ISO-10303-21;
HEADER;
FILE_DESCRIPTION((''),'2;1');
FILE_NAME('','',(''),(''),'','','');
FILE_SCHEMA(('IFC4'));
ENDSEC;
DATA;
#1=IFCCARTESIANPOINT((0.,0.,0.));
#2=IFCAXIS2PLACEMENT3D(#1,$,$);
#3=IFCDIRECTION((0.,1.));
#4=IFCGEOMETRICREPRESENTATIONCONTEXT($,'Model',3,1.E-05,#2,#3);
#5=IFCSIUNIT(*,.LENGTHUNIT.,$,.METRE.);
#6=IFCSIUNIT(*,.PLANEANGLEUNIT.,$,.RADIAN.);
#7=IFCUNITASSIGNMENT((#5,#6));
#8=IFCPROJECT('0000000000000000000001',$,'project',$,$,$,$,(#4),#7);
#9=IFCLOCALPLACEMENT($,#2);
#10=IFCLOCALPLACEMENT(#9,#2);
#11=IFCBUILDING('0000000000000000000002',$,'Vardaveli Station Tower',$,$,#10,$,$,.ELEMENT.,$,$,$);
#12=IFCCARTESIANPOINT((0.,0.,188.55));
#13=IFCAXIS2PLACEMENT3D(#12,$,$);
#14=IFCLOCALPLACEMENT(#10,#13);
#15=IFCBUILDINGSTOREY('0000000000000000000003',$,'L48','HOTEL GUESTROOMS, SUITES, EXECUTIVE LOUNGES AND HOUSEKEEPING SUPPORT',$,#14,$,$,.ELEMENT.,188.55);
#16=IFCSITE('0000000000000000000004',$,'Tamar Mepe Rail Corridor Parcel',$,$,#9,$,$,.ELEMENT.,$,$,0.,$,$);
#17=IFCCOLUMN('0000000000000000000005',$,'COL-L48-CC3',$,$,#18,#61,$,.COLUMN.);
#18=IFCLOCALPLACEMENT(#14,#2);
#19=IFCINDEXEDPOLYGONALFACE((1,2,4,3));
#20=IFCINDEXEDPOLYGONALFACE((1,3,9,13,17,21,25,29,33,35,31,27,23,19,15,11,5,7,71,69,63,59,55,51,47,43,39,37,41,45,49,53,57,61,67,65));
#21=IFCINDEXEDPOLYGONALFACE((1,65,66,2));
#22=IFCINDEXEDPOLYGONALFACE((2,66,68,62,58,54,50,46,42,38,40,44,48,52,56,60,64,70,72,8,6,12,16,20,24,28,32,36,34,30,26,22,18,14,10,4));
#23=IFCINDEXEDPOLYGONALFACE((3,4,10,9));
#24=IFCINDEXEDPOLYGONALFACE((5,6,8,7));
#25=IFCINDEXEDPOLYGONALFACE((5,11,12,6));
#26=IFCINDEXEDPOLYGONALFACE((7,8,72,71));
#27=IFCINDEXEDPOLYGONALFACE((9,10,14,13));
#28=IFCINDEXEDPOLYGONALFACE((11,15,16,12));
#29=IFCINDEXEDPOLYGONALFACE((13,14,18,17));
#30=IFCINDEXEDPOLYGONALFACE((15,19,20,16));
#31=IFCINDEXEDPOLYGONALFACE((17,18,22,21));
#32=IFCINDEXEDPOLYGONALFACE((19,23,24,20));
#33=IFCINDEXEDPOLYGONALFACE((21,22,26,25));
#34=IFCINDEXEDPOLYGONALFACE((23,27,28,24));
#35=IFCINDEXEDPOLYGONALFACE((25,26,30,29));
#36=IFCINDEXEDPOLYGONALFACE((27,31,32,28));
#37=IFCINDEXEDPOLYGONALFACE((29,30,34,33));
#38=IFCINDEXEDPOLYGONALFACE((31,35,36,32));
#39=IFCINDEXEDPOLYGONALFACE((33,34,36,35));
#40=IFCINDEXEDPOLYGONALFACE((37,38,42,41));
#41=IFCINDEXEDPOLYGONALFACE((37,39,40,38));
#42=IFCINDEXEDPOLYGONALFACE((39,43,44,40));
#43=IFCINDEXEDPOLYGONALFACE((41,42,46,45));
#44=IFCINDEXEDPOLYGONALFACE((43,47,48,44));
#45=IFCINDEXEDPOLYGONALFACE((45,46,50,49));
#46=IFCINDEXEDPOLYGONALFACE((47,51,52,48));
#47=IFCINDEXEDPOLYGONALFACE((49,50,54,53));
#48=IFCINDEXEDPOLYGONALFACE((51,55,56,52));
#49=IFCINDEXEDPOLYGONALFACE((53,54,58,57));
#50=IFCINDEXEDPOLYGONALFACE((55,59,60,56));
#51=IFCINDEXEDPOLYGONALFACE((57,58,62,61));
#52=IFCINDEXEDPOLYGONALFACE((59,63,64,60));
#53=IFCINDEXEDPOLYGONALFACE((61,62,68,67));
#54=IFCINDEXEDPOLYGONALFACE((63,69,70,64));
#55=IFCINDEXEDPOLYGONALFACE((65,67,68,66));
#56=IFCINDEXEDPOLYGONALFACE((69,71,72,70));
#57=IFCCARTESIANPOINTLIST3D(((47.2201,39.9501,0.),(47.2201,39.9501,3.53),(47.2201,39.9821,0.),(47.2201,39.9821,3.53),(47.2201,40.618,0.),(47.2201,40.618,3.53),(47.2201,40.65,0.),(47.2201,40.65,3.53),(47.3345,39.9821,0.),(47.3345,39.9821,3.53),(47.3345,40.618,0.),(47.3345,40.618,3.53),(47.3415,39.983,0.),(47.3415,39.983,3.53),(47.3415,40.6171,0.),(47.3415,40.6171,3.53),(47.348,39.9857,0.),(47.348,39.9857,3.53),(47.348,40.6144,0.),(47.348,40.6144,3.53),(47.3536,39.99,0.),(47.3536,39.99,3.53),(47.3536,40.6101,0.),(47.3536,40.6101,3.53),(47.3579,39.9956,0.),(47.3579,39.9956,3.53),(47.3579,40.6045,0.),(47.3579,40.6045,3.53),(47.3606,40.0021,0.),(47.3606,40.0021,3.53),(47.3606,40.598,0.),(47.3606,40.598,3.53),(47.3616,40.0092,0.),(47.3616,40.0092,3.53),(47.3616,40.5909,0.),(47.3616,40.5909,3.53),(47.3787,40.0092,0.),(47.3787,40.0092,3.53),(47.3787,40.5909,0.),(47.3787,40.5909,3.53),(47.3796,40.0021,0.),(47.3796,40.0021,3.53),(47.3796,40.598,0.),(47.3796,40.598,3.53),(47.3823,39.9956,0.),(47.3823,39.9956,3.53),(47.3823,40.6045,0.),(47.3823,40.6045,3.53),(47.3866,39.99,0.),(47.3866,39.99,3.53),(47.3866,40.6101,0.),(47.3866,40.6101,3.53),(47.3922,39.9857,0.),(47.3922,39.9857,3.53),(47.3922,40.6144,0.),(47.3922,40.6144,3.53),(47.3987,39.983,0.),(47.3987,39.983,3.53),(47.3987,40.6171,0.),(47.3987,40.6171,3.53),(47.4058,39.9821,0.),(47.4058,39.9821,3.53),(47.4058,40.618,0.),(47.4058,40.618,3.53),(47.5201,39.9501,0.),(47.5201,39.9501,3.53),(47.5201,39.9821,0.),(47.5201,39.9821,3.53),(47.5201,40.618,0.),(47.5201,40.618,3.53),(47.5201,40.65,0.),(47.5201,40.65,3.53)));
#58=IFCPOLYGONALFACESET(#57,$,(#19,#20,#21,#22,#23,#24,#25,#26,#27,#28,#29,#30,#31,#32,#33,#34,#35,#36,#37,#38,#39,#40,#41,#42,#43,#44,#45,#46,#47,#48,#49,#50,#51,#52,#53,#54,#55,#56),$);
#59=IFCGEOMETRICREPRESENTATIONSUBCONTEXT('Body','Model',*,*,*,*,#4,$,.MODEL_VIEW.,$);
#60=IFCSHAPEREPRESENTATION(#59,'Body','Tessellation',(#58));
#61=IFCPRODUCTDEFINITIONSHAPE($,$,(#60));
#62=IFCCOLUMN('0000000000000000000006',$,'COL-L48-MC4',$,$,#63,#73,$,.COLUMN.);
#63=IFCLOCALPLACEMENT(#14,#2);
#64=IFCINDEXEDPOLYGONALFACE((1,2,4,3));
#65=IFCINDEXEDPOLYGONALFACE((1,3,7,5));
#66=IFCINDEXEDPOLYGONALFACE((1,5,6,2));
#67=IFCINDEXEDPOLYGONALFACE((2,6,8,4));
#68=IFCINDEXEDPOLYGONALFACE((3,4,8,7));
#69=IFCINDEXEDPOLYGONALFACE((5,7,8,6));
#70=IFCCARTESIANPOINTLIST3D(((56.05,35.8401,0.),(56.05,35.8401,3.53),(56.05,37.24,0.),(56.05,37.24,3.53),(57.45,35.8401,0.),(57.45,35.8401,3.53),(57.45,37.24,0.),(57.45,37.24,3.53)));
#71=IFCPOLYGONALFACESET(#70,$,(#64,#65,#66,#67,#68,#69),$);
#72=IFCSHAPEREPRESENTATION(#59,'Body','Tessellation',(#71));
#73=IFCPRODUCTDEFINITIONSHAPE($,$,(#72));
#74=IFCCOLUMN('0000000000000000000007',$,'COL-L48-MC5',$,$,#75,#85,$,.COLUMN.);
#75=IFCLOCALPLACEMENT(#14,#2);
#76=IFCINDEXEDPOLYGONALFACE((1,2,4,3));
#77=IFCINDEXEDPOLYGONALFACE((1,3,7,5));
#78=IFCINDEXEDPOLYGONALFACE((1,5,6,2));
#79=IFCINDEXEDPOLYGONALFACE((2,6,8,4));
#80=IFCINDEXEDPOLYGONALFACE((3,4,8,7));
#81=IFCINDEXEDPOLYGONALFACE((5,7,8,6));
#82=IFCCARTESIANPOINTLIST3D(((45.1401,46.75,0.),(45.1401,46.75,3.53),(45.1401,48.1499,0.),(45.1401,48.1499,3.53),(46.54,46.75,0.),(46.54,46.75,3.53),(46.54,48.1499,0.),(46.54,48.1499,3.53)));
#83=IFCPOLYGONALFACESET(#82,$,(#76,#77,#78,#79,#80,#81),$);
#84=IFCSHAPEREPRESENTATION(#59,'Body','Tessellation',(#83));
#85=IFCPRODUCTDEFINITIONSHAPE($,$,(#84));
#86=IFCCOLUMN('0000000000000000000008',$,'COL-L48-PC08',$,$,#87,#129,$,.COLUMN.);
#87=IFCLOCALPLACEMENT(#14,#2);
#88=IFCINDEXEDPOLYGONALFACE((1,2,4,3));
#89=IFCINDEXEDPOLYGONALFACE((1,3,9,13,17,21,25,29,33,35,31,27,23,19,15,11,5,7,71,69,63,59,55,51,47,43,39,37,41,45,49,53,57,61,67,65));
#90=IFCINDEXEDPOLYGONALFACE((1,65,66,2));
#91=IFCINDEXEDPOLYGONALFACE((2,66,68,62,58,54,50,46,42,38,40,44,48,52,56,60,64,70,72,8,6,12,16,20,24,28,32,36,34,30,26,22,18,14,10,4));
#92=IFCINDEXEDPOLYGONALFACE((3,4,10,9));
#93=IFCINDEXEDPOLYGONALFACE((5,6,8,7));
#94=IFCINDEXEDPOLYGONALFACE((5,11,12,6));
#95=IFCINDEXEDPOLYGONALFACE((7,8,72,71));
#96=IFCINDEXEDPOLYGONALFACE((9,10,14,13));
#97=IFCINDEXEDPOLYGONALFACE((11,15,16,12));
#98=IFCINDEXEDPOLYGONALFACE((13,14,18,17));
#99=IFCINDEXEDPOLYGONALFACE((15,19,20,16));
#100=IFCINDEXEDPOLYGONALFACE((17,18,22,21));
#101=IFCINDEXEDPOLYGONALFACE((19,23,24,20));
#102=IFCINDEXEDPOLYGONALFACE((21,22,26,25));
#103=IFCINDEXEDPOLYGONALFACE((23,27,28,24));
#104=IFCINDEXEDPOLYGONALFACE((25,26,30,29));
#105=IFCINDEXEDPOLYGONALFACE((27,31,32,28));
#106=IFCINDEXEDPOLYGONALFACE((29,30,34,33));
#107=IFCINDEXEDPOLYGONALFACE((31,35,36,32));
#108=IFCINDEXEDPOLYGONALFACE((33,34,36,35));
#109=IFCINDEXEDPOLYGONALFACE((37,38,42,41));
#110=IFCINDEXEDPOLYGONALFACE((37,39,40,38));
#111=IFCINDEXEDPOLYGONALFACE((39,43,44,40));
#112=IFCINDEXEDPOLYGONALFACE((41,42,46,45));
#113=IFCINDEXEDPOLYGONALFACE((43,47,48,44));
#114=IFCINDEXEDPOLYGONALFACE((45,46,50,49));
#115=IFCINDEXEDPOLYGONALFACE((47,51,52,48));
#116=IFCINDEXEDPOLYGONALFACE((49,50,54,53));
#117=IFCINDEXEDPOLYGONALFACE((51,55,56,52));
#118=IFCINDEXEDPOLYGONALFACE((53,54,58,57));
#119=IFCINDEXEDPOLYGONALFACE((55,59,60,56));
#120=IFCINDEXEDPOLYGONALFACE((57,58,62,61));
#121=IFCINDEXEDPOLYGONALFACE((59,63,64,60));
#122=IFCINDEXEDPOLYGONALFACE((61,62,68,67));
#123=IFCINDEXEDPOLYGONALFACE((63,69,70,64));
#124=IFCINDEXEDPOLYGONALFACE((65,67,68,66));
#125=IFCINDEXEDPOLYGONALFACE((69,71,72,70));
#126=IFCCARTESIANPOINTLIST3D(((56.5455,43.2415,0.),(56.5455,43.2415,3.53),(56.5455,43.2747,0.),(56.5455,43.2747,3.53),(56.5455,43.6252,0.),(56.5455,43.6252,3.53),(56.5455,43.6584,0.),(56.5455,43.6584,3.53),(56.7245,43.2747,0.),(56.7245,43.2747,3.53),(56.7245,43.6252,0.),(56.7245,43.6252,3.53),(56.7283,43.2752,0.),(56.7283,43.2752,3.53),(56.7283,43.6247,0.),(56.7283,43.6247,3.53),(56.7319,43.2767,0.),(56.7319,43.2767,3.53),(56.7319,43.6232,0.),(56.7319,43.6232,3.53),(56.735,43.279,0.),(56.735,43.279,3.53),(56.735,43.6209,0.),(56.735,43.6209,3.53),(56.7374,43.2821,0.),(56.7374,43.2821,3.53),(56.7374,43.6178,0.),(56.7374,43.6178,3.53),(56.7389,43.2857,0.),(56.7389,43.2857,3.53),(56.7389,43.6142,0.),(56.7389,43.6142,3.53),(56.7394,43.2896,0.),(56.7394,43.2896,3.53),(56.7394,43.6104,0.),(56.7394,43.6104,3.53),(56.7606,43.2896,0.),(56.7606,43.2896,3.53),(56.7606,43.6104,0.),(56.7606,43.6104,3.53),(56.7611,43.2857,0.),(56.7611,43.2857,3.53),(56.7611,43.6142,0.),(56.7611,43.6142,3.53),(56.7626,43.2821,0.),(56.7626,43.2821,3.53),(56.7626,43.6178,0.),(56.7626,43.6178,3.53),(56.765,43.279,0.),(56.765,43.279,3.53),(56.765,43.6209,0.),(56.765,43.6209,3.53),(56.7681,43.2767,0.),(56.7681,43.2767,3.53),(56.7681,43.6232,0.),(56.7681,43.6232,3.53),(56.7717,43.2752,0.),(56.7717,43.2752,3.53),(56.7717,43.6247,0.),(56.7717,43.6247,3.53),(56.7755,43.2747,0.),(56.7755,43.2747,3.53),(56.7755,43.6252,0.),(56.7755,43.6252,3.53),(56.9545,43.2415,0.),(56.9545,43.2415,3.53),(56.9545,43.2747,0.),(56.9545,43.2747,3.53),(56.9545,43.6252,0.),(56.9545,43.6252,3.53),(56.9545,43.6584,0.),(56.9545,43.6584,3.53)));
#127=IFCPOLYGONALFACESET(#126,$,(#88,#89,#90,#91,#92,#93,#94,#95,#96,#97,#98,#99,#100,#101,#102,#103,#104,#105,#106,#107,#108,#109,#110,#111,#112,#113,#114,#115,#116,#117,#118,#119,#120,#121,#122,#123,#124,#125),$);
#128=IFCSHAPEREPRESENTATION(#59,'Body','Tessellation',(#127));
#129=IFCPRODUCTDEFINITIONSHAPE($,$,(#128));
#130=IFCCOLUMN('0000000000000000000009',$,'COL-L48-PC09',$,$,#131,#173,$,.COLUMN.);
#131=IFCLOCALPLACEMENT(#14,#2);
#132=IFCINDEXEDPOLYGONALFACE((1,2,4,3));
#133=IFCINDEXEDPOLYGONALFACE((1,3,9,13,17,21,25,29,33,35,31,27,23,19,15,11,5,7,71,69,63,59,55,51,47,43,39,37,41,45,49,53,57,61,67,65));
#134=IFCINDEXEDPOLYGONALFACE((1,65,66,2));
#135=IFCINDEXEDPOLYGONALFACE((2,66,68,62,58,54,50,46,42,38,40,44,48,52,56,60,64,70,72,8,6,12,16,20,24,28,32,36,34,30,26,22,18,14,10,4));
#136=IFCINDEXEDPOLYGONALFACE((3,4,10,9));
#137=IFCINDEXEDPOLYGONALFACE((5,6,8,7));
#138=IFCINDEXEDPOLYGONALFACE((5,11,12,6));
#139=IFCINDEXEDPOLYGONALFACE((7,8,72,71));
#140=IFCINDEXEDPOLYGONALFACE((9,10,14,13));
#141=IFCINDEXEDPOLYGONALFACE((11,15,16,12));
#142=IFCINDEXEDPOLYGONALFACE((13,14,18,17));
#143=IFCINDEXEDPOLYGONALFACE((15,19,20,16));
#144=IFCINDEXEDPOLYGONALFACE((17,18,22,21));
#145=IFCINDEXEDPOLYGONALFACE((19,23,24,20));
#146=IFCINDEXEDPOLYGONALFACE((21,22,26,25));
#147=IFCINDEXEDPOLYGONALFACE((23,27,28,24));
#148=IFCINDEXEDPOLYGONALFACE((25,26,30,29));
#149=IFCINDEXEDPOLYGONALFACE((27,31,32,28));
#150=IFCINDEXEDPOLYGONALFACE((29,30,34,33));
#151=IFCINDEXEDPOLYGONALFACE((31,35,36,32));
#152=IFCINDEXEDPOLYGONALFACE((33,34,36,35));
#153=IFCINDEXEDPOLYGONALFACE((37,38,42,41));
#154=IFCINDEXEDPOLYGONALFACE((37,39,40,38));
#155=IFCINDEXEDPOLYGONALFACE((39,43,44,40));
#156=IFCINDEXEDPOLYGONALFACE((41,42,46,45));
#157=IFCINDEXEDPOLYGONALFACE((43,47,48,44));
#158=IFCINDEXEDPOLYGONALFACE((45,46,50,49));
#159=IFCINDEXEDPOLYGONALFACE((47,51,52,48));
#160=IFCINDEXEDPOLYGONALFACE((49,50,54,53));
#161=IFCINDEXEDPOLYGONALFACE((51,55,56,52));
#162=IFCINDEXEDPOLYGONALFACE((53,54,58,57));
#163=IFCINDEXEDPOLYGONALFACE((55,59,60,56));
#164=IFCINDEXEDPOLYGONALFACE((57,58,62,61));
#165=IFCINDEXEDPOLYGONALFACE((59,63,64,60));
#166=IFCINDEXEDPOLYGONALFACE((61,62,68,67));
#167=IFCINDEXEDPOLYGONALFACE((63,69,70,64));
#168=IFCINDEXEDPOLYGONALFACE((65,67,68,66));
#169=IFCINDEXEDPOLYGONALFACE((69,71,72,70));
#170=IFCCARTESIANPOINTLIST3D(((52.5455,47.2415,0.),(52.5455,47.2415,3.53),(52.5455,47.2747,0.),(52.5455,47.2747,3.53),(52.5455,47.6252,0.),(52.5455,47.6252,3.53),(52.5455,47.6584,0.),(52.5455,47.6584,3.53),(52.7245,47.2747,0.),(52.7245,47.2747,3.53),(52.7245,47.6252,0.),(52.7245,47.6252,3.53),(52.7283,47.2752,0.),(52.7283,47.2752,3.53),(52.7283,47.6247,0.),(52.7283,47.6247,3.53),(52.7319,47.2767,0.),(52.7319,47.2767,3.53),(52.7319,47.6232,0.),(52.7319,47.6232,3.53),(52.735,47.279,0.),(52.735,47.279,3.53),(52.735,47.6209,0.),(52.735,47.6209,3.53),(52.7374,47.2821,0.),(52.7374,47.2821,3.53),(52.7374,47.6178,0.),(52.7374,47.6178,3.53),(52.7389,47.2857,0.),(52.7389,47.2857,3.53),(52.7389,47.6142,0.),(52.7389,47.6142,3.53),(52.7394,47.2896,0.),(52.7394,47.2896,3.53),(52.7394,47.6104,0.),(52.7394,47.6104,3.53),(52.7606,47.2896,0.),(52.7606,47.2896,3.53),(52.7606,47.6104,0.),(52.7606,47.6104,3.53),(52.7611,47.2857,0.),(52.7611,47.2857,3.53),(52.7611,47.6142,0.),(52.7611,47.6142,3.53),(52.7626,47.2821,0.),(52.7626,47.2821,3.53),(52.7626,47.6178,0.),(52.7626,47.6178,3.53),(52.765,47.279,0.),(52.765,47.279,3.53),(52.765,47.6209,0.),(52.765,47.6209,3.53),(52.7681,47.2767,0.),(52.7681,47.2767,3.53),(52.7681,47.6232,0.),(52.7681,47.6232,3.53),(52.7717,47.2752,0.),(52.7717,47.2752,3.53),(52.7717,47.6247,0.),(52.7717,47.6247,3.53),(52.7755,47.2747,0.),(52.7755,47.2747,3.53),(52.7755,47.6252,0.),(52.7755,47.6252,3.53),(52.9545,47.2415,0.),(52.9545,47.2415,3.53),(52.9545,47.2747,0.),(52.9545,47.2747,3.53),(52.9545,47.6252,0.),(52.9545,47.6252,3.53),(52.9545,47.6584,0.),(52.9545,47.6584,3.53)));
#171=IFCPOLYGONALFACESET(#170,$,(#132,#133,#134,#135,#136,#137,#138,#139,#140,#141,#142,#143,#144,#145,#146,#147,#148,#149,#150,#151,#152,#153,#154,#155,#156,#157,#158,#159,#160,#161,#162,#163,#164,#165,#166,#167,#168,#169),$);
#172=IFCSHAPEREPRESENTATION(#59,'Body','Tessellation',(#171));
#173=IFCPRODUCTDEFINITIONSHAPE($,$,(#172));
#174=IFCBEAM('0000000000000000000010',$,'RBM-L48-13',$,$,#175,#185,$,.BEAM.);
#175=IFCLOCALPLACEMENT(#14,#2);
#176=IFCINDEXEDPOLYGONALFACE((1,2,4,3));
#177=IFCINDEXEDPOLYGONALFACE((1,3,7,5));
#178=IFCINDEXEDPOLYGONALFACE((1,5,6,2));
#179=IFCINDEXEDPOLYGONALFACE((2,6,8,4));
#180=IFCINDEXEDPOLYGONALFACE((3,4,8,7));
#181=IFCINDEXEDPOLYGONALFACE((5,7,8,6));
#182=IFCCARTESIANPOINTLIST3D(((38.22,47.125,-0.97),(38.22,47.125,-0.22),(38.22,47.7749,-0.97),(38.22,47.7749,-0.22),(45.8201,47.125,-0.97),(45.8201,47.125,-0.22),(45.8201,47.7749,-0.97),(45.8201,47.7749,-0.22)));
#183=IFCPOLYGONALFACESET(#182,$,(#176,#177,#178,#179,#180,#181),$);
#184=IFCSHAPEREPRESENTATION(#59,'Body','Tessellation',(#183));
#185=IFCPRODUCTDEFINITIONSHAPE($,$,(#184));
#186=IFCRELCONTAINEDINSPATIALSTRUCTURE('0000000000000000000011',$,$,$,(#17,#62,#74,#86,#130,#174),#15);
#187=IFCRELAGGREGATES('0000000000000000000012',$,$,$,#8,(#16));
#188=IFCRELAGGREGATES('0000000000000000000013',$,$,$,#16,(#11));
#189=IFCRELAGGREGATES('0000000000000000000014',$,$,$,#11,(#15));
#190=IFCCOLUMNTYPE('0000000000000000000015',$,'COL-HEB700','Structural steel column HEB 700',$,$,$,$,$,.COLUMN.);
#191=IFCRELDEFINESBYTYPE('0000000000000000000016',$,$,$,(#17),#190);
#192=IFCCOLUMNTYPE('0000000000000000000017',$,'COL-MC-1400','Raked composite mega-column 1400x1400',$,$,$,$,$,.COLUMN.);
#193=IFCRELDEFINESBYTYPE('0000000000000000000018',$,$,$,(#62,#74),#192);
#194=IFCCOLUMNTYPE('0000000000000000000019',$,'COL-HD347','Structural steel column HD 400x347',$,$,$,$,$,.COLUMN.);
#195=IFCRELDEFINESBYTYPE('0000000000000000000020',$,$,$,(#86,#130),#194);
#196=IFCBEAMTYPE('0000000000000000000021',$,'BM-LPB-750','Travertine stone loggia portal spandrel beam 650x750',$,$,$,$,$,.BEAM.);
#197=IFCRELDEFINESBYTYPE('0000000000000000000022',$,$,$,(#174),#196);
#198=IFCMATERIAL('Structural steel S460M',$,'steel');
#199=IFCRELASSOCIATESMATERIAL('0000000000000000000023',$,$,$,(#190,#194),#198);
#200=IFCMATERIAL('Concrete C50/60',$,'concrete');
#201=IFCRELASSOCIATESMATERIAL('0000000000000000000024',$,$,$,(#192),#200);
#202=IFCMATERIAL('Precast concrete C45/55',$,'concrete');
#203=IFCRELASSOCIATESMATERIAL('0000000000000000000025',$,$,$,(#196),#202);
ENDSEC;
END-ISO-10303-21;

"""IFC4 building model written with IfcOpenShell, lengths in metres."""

from ifc_helpers import new_model, si_unit, direction, frame, origin, origin_2d, place, context, subcontext, project, spatial, rectangle, i_section, extrude, source, transform, mapped, material, material_profile, profile_set, type_object, element, save


model = new_model("IFC4")

# Units and contexts
model_context = context("Model", 3, precision=1e-05, world=origin(), true_north=direction((0.0, 1.0)))
body_context = subcontext(model_context, "Body", "Model", "MODEL_VIEW")
ifc_project = project(units=[si_unit("LENGTHUNIT", "METRE"), si_unit("PLANEANGLEUNIT", "RADIAN")], contexts=[model_context])

# Site, building, storey
site_placement = place(None, origin())
site = spatial("IfcSite", under=ifc_project, at=site_placement, Name="Tamar Mepe Rail Corridor Parcel", CompositionType="ELEMENT", RefElevation=0.0)
building_placement = place(site_placement, origin())
building = spatial("IfcBuilding", under=site, at=building_placement, Name="Vardaveli Station Tower", CompositionType="ELEMENT")
storey_placement = place(building_placement, frame((0.0, 0.0, 188.55)))
storey = spatial("IfcBuildingStorey", under=building, at=storey_placement, Name="L48", Description="HOTEL GUESTROOMS, SUITES, EXECUTIVE LOUNGES AND HOUSEKEEPING SUPPORT", CompositionType="ELEMENT", Elevation=188.55)

# Columns
ifc_material_1 = material(Name="Structural steel S460M", Category="steel")
ifc_material_profile_1 = material_profile(ifc_material_1, i_section(OverallWidth=0.3, OverallDepth=0.7, WebThickness=0.0171, FlangeThickness=0.032, FilletRadius=0.0271, at=origin_2d()), Name="HEB 700")
ifc_profile_set_1 = profile_set([ifc_material_profile_1], Name="Structural steel S460M")
column_type_1 = type_object("IfcColumnType", Name="COL-HEB700", Description="Structural steel column HEB 700", PredefinedType="COLUMN", material=ifc_profile_set_1)
shared_shape_1 = source(origin(), body_context, "Body", "SweptSolid", [
    extrude(i_section(OverallWidth=0.3, OverallDepth=0.7, WebThickness=0.0171, FlangeThickness=0.032, FilletRadius=0.0271, at=origin_2d()), origin(), (0.0, 0.0, 1.0), 3.53),
])
column_placement = place(storey_placement, frame((47.3701, 40.3, 0.0), z_axis=(0.0, 0.0, 1.0), x_axis=(1.0, 0.0, 0.0)))
element("IfcColumn", 1, at=column_placement, inside=storey, type_object=column_type_1, Name="COL-L48-CC3", PredefinedType="COLUMN", context=body_context, shape_type="MappedRepresentation", body=[
    mapped(shared_shape_1, transform((0.0, 0.0, 0.0), scale=1.0)),
])
ifc_material_2 = material(Name="Concrete C50/60", Category="concrete")
ifc_material_profile_2 = material_profile(ifc_material_2, rectangle(XDim=1.3999, YDim=1.3999, at=origin_2d()), Name="MC 1400x1400")
ifc_profile_set_2 = profile_set([ifc_material_profile_2], Name="Concrete C50/60")
column_type_2 = type_object("IfcColumnType", Name="COL-MC-1400", Description="Raked composite mega-column 1400x1400", PredefinedType="COLUMN", material=ifc_profile_set_2)
shared_shape_2 = source(origin(), body_context, "Body", "SweptSolid", [
    extrude(rectangle(XDim=1.3999, YDim=1.3999, at=origin_2d()), origin(), (0.0, 0.0, 1.0), 3.53),
])
for number, where, z_axis, x_axis, name in (
    (2, (56.75, 36.54, 0.0), (0.0, 0.0, 1.0), (1.0, 0.0, 0.0), "COL-L48-MC4"),
    (3, (45.8401, 47.45, 0.0), (0.0, 0.0, 1.0), (1.0, 0.0, 0.0), "COL-L48-MC5"),
):
    element("IfcColumn", number, at=place(storey_placement, frame(where, z_axis=z_axis, x_axis=x_axis)), inside=storey, type_object=column_type_2, Name=name, PredefinedType="COLUMN", context=body_context, shape_type="MappedRepresentation", body=[
        mapped(shared_shape_2, transform((0.0, 0.0, 0.0), scale=1.0)),
    ])
ifc_material_profile_3 = material_profile(ifc_material_1, i_section(OverallWidth=0.4089, OverallDepth=0.417, WebThickness=0.0212, FlangeThickness=0.0332, FilletRadius=0.0149, at=origin_2d()), Name="HD 400x347")
ifc_profile_set_3 = profile_set([ifc_material_profile_3], Name="Structural steel S460M")
column_type_3 = type_object("IfcColumnType", Name="COL-HD347", Description="Structural steel column HD 400x347", PredefinedType="COLUMN", material=ifc_profile_set_3)
shared_shape_3 = source(origin(), body_context, "Body", "SweptSolid", [
    extrude(i_section(OverallWidth=0.4089, OverallDepth=0.417, WebThickness=0.0212, FlangeThickness=0.0332, FilletRadius=0.0149, at=origin_2d()), origin(), (0.0, 0.0, 1.0), 3.53),
])
for number, where, z_axis, x_axis, name in (
    (4, (56.75, 43.45, 0.0), (0.0, 0.0, 1.0), (1.0, 0.0, 0.0), "COL-L48-PC08"),
    (5, (52.75, 47.45, 0.0), (0.0, 0.0, 1.0), (1.0, 0.0, 0.0), "COL-L48-PC09"),
):
    element("IfcColumn", number, at=place(storey_placement, frame(where, z_axis=z_axis, x_axis=x_axis)), inside=storey, type_object=column_type_3, Name=name, PredefinedType="COLUMN", context=body_context, shape_type="MappedRepresentation", body=[
        mapped(shared_shape_3, transform((0.0, 0.0, 0.0), scale=1.0)),
    ])

# Beam
ifc_material_3 = material(Name="Precast concrete C45/55", Category="concrete")
ifc_material_profile_4 = material_profile(ifc_material_3, rectangle(XDim=0.6499, YDim=0.75, at=origin_2d()), Name="LPB 650x750")
ifc_profile_set_4 = profile_set([ifc_material_profile_4], Name="Precast concrete C45/55")
beam_type = type_object("IfcBeamType", Name="BM-LPB-750", Description="Travertine stone loggia portal spandrel beam 650x750", PredefinedType="BEAM", material=ifc_profile_set_4)
shared_shape_4 = source(origin(), body_context, "Body", "SweptSolid", [
    extrude(rectangle(XDim=0.6499, YDim=0.75, at=origin_2d()), origin(), (0.0, 0.0, 1.0), 7.6001),
])
beam_1_placement = place(storey_placement, frame((45.8201, 47.45, -0.595), z_axis=(-1.0, 0.0, 0.0), x_axis=(0.0, -1.0, 0.0)))
element("IfcBeam", 6, at=beam_1_placement, inside=storey, type_object=beam_type, Name="RBM-L48-13", PredefinedType="BEAM", context=body_context, shape_type="MappedRepresentation", body=[
    mapped(shared_shape_4, transform((0.0, 0.0, 0.0), scale=1.0)),
])

save(model, "model.ifc")
